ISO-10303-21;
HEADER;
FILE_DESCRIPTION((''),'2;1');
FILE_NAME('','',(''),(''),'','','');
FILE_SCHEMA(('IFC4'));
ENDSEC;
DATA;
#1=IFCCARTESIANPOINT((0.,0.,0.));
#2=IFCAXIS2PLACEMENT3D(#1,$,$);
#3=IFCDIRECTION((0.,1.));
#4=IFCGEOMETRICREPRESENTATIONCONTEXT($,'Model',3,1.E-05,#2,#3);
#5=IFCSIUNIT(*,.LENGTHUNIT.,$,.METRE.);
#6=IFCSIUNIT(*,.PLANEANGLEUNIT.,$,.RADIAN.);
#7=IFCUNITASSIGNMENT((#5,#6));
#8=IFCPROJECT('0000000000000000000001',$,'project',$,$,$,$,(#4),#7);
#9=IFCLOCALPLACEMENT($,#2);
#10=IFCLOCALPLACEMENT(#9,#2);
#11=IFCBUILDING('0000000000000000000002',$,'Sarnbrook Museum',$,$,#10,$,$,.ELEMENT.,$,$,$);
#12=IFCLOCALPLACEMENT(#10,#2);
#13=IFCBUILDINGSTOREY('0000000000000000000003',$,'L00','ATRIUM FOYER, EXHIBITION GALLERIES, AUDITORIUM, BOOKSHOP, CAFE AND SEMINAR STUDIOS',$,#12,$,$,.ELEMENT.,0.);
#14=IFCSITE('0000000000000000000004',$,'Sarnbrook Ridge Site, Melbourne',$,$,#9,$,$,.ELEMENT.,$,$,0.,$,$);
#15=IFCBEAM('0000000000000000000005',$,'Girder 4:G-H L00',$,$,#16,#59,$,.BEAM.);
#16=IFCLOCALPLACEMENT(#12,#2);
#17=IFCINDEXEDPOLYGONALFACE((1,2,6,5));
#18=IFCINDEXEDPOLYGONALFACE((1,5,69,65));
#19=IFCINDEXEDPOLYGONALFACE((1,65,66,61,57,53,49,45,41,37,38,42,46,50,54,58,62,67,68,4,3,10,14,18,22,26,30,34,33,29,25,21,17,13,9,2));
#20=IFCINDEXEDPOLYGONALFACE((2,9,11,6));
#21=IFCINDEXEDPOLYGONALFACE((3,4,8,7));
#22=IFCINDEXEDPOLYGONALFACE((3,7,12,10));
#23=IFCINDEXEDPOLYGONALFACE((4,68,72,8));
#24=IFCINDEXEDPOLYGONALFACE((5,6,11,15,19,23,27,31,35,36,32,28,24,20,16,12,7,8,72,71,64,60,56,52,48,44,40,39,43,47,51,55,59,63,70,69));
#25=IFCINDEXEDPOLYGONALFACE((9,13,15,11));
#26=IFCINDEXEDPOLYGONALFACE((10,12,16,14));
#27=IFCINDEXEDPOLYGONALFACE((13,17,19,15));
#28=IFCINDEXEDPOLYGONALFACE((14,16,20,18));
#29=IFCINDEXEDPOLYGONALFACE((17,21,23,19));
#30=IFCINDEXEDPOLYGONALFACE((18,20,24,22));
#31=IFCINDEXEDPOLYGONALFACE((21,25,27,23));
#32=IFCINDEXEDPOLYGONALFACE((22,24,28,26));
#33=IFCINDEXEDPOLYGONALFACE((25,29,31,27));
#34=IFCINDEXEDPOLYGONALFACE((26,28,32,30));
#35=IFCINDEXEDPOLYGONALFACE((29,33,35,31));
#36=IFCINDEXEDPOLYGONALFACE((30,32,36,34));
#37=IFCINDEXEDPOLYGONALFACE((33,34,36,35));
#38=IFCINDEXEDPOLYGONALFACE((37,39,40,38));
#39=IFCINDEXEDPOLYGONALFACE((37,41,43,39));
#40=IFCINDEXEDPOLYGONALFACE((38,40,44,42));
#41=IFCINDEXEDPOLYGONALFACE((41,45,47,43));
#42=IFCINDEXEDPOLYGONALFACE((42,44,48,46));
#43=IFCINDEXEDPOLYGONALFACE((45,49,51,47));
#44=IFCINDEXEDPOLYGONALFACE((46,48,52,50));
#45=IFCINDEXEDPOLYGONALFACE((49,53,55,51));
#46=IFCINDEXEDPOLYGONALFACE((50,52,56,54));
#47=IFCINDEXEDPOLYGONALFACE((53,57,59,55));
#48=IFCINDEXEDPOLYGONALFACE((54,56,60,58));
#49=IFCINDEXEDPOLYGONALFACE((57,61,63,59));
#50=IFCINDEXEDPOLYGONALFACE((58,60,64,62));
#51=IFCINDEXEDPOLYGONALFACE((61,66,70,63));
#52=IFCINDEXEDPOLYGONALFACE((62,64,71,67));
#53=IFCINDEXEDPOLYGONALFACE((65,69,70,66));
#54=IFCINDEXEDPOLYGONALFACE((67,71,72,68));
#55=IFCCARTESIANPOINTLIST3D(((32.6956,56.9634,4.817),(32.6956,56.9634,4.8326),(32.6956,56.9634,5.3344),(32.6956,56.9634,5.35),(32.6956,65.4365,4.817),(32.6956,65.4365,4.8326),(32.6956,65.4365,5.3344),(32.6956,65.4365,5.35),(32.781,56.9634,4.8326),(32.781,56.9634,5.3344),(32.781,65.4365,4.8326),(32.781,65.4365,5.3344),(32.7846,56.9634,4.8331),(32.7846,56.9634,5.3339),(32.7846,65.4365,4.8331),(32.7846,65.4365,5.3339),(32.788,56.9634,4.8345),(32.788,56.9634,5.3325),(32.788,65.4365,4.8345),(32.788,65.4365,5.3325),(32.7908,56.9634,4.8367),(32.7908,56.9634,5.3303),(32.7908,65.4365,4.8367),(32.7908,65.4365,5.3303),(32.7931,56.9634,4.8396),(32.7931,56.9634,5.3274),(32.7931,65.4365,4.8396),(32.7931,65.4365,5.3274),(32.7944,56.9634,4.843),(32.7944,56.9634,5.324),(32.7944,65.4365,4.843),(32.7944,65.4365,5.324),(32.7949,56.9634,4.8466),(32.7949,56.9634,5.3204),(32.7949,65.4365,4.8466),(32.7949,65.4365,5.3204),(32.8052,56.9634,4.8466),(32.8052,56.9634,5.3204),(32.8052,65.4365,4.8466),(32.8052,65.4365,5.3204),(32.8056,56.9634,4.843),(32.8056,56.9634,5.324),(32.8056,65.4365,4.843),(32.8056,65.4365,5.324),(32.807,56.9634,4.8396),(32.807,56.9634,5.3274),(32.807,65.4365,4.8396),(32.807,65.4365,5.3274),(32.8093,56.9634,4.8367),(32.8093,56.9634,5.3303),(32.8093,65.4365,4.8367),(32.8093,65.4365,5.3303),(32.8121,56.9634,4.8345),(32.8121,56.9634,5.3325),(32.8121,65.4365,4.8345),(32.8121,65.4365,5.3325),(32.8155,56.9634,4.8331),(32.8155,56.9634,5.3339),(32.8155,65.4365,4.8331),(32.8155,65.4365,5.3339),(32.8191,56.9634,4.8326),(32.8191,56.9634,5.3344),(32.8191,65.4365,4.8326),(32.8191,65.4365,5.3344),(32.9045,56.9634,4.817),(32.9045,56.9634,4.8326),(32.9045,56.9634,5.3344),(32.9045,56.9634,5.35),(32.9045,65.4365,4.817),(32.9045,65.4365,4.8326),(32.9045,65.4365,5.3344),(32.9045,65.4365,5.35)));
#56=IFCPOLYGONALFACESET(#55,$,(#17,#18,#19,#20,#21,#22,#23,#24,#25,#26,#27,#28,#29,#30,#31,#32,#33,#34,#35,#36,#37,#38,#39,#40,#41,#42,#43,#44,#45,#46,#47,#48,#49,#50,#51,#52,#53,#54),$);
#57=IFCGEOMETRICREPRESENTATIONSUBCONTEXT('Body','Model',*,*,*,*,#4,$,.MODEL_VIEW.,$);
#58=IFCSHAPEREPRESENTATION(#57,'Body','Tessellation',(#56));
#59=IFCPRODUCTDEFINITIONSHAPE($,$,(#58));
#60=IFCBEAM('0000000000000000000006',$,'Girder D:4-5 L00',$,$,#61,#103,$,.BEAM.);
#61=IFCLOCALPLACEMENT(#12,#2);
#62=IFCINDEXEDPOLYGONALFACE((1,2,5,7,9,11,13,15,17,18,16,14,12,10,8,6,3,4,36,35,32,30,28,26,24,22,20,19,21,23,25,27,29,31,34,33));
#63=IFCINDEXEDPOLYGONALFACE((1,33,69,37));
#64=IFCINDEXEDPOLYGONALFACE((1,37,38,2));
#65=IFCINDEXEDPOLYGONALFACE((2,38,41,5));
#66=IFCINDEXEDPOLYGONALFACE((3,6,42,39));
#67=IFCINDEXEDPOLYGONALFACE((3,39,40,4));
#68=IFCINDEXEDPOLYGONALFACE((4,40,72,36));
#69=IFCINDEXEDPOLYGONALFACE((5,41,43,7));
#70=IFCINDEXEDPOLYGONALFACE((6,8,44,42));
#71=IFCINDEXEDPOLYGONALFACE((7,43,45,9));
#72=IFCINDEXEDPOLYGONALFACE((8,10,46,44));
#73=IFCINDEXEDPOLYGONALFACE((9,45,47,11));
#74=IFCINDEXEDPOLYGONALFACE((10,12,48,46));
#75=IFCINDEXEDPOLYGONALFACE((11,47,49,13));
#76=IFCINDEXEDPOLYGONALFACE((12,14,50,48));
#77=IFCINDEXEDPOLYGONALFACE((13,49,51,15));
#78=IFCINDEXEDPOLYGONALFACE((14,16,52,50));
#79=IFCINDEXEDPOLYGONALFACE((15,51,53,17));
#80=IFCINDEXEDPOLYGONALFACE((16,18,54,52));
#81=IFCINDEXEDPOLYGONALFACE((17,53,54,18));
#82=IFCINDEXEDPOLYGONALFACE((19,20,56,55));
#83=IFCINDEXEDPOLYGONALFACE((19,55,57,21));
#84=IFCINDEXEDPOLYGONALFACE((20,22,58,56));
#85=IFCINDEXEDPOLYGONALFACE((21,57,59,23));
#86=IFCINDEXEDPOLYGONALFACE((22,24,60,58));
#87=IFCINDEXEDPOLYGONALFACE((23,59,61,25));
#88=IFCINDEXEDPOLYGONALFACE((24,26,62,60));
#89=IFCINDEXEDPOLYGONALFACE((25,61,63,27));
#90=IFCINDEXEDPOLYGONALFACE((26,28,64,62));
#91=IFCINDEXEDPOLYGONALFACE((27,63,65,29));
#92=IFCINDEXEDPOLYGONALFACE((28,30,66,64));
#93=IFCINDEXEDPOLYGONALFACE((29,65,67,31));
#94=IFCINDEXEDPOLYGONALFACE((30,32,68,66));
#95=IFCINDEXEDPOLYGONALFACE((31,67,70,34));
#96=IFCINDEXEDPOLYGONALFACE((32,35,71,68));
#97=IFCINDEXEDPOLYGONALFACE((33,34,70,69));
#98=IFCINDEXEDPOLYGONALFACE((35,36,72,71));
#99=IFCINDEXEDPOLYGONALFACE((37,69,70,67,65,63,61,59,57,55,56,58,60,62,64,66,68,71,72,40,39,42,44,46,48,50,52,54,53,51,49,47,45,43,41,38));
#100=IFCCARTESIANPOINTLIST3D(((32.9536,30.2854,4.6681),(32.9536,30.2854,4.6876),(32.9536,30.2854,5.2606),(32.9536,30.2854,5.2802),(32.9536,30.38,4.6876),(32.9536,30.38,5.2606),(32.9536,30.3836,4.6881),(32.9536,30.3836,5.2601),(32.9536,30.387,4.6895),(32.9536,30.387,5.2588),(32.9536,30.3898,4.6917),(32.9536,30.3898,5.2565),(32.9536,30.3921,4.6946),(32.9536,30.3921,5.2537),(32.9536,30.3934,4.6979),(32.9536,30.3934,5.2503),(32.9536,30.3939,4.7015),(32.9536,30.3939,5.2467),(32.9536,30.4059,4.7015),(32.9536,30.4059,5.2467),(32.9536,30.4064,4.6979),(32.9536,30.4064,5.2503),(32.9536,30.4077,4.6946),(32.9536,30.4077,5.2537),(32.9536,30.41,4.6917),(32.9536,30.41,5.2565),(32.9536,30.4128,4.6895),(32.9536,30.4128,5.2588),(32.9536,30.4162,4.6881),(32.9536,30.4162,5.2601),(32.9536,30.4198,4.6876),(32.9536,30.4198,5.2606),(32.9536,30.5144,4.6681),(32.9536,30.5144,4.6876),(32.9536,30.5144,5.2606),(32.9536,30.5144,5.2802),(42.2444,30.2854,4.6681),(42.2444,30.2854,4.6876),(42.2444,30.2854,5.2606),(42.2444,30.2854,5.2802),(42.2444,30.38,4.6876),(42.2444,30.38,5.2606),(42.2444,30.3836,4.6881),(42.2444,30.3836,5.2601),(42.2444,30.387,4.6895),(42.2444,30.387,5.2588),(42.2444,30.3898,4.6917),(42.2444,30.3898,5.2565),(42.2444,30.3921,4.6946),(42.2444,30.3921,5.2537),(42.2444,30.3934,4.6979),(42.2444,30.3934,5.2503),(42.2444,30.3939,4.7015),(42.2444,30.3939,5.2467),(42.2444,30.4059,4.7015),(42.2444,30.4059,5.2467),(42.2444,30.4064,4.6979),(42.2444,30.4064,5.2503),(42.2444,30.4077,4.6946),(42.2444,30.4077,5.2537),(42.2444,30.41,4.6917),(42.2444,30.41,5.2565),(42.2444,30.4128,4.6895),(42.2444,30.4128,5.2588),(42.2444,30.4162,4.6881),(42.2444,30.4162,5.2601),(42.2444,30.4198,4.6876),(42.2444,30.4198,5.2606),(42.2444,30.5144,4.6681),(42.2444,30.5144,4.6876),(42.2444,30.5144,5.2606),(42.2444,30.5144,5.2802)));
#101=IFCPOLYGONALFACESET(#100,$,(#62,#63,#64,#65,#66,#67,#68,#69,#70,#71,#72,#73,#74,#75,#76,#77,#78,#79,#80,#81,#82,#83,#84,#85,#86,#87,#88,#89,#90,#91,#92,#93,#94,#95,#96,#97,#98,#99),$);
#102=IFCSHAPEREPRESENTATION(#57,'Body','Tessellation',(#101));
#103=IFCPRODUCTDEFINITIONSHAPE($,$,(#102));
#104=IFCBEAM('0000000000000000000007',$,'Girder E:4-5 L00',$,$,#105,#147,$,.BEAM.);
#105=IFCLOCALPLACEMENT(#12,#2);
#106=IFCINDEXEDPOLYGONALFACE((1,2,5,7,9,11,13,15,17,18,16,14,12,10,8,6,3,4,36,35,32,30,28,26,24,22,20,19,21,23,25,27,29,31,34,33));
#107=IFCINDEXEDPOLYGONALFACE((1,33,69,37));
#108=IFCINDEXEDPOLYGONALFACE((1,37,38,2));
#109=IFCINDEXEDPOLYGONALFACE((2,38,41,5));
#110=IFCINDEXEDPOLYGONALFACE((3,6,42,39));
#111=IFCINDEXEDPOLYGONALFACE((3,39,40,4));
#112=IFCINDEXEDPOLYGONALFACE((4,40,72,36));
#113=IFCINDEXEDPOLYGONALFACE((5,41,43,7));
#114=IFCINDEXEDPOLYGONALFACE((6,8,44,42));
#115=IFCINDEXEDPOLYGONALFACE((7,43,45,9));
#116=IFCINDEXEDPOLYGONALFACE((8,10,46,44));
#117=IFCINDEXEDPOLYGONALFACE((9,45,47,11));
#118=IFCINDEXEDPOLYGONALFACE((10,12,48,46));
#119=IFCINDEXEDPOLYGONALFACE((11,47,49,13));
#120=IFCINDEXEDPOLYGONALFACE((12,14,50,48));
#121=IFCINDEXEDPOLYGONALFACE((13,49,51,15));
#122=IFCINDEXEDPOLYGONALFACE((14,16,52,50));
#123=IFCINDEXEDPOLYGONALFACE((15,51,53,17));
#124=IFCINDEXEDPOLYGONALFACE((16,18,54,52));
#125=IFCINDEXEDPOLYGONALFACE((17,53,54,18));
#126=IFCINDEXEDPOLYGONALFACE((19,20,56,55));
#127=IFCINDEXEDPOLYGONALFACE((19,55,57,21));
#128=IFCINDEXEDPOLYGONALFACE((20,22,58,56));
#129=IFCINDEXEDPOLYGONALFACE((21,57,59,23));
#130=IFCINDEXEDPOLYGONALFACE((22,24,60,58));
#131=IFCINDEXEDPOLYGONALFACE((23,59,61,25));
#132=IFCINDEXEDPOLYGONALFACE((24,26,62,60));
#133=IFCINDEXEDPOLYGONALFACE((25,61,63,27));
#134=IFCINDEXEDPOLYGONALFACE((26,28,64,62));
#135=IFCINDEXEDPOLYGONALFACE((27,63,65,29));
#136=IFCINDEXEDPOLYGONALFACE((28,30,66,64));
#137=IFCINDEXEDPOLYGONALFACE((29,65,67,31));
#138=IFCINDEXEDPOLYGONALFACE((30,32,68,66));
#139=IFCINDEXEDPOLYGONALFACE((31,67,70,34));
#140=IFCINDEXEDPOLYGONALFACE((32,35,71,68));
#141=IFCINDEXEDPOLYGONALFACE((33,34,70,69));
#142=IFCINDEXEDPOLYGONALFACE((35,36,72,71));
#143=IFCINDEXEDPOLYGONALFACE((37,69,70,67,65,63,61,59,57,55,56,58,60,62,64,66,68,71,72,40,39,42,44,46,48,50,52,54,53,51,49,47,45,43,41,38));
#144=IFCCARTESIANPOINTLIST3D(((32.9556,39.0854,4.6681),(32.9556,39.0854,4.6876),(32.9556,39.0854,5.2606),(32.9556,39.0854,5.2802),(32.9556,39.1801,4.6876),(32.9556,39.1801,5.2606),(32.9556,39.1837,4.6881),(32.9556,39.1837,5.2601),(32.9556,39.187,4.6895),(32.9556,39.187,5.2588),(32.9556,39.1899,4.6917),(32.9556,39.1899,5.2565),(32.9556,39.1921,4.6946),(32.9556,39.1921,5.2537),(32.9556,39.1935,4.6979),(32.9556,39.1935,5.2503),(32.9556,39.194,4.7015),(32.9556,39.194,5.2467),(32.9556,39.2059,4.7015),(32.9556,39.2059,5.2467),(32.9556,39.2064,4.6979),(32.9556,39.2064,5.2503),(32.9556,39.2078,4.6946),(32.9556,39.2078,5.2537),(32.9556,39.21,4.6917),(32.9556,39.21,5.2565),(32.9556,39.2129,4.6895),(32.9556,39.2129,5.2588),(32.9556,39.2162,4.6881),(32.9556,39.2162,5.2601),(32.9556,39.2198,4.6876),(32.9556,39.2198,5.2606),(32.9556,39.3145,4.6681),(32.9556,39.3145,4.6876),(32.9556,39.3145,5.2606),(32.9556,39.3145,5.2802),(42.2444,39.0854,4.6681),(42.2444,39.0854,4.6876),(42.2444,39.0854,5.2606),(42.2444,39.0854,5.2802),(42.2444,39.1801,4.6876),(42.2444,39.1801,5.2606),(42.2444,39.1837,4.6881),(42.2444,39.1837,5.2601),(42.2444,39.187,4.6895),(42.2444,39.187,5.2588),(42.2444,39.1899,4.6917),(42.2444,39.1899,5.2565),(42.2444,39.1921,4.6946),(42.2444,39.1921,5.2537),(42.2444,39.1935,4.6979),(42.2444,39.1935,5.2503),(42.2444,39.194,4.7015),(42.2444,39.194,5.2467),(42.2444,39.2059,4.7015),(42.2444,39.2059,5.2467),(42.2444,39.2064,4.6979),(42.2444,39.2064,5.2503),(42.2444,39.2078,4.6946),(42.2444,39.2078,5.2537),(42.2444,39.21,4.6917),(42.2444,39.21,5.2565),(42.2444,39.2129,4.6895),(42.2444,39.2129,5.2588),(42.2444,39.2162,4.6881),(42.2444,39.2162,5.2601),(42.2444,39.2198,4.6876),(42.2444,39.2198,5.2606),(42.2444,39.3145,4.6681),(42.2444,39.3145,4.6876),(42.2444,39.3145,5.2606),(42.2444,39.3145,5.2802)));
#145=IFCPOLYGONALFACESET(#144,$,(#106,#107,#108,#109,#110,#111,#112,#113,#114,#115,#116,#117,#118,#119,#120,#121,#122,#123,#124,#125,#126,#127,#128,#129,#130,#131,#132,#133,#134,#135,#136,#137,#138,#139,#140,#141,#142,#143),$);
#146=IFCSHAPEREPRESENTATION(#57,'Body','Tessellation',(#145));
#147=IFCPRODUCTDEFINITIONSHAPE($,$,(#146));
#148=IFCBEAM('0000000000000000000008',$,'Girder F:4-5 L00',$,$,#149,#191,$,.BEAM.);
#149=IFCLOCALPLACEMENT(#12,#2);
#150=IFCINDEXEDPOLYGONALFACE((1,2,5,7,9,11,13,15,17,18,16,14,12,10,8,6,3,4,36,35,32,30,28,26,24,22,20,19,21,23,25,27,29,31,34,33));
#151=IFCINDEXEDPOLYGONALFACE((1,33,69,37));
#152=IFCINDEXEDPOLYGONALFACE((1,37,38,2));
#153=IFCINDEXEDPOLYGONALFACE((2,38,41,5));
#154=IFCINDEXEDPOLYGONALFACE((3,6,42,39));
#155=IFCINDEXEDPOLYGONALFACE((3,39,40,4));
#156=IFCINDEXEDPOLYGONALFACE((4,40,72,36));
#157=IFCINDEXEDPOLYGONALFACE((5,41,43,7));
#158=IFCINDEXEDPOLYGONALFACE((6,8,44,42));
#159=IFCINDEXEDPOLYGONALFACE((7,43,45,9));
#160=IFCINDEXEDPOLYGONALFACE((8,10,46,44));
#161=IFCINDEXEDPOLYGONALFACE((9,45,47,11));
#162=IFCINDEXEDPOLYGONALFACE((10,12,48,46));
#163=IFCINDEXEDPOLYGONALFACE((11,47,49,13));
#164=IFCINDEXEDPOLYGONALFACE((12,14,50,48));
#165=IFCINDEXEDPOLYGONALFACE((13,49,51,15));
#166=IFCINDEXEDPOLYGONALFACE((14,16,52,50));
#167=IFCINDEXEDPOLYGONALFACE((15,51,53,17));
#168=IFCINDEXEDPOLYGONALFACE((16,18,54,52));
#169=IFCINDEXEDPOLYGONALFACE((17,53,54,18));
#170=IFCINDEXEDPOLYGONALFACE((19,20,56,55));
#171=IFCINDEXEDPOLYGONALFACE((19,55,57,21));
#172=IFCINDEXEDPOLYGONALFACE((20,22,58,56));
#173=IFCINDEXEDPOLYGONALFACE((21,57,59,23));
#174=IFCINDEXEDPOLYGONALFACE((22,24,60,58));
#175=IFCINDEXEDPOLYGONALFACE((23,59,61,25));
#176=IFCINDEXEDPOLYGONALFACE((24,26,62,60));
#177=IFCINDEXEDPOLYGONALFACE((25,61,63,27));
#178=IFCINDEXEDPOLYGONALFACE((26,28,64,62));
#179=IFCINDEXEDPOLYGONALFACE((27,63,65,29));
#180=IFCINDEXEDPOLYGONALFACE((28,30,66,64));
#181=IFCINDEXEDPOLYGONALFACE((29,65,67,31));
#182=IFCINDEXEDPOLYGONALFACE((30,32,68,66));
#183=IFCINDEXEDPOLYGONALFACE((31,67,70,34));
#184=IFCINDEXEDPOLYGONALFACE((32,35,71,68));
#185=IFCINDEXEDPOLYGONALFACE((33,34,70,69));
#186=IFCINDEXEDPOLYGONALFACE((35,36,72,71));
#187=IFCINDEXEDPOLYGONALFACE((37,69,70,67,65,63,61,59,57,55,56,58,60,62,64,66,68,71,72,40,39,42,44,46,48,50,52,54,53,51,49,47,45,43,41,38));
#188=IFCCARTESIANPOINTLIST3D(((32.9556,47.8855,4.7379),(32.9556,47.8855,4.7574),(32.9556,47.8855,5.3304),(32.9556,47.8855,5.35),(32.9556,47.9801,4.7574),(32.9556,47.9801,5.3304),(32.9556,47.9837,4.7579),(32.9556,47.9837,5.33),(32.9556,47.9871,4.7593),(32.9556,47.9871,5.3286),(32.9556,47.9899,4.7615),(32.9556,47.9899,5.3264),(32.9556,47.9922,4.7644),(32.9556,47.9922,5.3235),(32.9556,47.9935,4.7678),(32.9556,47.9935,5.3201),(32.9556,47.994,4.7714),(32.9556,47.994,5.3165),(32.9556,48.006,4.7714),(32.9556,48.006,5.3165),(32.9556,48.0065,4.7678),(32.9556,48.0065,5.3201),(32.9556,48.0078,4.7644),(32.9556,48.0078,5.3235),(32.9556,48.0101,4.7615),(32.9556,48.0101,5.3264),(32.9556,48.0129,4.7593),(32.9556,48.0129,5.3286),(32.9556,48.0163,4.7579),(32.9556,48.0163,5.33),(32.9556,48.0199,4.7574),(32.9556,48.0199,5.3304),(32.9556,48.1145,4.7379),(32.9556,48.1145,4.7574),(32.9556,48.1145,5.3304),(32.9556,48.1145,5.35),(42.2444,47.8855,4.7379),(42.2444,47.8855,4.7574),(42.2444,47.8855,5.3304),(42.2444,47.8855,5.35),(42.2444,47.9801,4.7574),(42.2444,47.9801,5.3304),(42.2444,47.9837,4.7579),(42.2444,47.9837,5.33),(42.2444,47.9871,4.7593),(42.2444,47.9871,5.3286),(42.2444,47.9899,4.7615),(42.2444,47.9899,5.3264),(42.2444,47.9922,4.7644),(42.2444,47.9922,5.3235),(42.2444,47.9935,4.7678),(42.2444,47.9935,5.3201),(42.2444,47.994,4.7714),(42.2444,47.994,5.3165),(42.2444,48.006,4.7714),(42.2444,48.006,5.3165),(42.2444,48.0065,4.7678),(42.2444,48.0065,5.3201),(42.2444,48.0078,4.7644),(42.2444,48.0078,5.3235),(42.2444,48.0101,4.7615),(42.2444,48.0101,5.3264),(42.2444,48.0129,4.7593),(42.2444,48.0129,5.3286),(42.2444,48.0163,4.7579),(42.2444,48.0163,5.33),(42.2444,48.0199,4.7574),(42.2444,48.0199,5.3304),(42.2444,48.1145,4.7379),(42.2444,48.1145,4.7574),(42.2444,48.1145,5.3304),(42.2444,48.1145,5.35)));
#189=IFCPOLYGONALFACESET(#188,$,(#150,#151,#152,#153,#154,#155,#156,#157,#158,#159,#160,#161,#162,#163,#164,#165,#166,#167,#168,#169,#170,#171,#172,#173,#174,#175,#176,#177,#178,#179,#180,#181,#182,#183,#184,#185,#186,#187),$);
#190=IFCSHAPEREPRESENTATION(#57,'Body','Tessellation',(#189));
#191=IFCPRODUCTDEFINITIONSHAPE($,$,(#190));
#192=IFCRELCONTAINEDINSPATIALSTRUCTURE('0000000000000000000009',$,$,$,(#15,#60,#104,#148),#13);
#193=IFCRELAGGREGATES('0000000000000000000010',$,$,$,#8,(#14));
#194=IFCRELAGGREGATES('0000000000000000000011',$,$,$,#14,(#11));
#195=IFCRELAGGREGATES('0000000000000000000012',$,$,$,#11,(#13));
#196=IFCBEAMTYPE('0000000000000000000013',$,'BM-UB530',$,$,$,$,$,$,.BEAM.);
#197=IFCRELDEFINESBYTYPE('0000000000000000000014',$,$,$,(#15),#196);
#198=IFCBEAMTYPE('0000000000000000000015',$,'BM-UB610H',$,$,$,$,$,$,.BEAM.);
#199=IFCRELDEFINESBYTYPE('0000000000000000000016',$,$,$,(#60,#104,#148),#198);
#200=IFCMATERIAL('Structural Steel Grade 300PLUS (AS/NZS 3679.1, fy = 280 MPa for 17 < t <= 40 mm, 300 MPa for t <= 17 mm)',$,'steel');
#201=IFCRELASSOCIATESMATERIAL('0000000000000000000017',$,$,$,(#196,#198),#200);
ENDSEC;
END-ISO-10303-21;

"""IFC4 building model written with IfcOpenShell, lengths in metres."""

from ifc_helpers import new_model, si_unit, direction, frame, origin, origin_2d, place, context, subcontext, project, spatial, i_section, extrude, material, material_profile, profile_set, type_object, element, save


model = new_model("IFC4")

# Units and contexts
model_context = context("Model", 3, precision=1e-05, world=origin(), true_north=direction((0.0, 1.0)))
body_context = subcontext(model_context, "Body", "Model", "MODEL_VIEW")
ifc_project = project(units=[si_unit("LENGTHUNIT", "METRE"), si_unit("PLANEANGLEUNIT", "RADIAN")], contexts=[model_context])

# Site, building, storey
site_placement = place(None, origin())
site = spatial("IfcSite", under=ifc_project, at=site_placement, Name="Sarnbrook Ridge Site, Melbourne", CompositionType="ELEMENT", RefElevation=0.0)
building_placement = place(site_placement, origin())
building = spatial("IfcBuilding", under=site, at=building_placement, Name="Sarnbrook Museum", CompositionType="ELEMENT")
storey_placement = place(building_placement, origin())
storey = spatial("IfcBuildingStorey", under=building, at=storey_placement, Name="L00", Description="ATRIUM FOYER, EXHIBITION GALLERIES, AUDITORIUM, BOOKSHOP, CAFE AND SEMINAR STUDIOS", CompositionType="ELEMENT", Elevation=0.0)

# Shared definitions
ifc_material = material(Name="Structural Steel Grade 300PLUS (AS/NZS 3679.1, fy = 280 MPa for 17 < t <= 40 mm, 300 MPa for t <= 17 mm)", Category="steel")

# Beams
ifc_material_profile_1 = material_profile(ifc_material, i_section(OverallWidth=0.209, OverallDepth=0.533, WebThickness=0.0103, FlangeThickness=0.0156, FilletRadius=0.0139, at=origin_2d()), Name="530UB92.4")
ifc_profile_set_1 = profile_set([ifc_material_profile_1], Name="Structural Steel Grade 300PLUS (AS/NZS 3679.1, fy = 280 MPa for 17 < t <= 40 mm, 300 MPa for t <= 17 mm)")
beam_type_1 = type_object("IfcBeamType", Name="BM-UB530", PredefinedType="BEAM", material=ifc_profile_set_1)
beam_1_placement = place(storey_placement, frame((32.8, 56.9634, 5.0835), z_axis=(0.0, 1.0, 0.0), x_axis=(-1.0, 0.0, 0.0)))
element("IfcBeam", 1, at=beam_1_placement, inside=storey, type_object=beam_type_1, Name="Girder 4:G-H L00", PredefinedType="BEAM", context=body_context, shape_type="SweptSolid", body=[
    extrude(i_section(OverallWidth=0.209, OverallDepth=0.533, WebThickness=0.0103, FlangeThickness=0.0156, FilletRadius=0.0139, at=origin_2d()), origin(), (0.0, 0.0, 1.0), 8.4731),
])
ifc_material_profile_2 = material_profile(ifc_material, i_section(OverallWidth=0.229, OverallDepth=0.6121, WebThickness=0.012, FlangeThickness=0.0195, FilletRadius=0.0139, at=origin_2d()), Name="610UB125")
ifc_profile_set_2 = profile_set([ifc_material_profile_2], Name="Structural Steel Grade 300PLUS (AS/NZS 3679.1, fy = 280 MPa for 17 < t <= 40 mm, 300 MPa for t <= 17 mm)")
beam_type_2 = type_object("IfcBeamType", Name="BM-UB610H", PredefinedType="BEAM", material=ifc_profile_set_2)
beam_2_placement = place(storey_placement, frame((32.9536, 30.3999, 4.9741), z_axis=(1.0, 0.0, 0.0), x_axis=(0.0, 1.0, 0.0)))
element("IfcBeam", 2, at=beam_2_placement, inside=storey, type_object=beam_type_2, Name="Girder D:4-5 L00", PredefinedType="BEAM", context=body_context, shape_type="SweptSolid", body=[
    extrude(i_section(OverallWidth=0.229, OverallDepth=0.6121, WebThickness=0.012, FlangeThickness=0.0195, FilletRadius=0.0139, at=origin_2d()), origin(), (0.0, 0.0, 1.0), 9.2908),
])
for number, where, z_axis, x_axis, name in (
    (3, (32.9556, 39.2, 4.9741), (1.0, 0.0, 0.0), (0.0, 1.0, 0.0), "Girder E:4-5 L00"),
    (4, (32.9556, 48.0, 5.0439), (1.0, 0.0, 0.0), (0.0, 1.0, 0.0), "Girder F:4-5 L00"),
):
    element("IfcBeam", number, at=place(storey_placement, frame(where, z_axis=z_axis, x_axis=x_axis)), inside=storey, type_object=beam_type_2, Name=name, PredefinedType="BEAM", context=body_context, shape_type="SweptSolid", body=[
        extrude(i_section(OverallWidth=0.229, OverallDepth=0.6121, WebThickness=0.012, FlangeThickness=0.0195, FilletRadius=0.0139, at=origin_2d()), origin(), (0.0, 0.0, 1.0), 9.2888),
    ])

save(model, "model.ifc")
